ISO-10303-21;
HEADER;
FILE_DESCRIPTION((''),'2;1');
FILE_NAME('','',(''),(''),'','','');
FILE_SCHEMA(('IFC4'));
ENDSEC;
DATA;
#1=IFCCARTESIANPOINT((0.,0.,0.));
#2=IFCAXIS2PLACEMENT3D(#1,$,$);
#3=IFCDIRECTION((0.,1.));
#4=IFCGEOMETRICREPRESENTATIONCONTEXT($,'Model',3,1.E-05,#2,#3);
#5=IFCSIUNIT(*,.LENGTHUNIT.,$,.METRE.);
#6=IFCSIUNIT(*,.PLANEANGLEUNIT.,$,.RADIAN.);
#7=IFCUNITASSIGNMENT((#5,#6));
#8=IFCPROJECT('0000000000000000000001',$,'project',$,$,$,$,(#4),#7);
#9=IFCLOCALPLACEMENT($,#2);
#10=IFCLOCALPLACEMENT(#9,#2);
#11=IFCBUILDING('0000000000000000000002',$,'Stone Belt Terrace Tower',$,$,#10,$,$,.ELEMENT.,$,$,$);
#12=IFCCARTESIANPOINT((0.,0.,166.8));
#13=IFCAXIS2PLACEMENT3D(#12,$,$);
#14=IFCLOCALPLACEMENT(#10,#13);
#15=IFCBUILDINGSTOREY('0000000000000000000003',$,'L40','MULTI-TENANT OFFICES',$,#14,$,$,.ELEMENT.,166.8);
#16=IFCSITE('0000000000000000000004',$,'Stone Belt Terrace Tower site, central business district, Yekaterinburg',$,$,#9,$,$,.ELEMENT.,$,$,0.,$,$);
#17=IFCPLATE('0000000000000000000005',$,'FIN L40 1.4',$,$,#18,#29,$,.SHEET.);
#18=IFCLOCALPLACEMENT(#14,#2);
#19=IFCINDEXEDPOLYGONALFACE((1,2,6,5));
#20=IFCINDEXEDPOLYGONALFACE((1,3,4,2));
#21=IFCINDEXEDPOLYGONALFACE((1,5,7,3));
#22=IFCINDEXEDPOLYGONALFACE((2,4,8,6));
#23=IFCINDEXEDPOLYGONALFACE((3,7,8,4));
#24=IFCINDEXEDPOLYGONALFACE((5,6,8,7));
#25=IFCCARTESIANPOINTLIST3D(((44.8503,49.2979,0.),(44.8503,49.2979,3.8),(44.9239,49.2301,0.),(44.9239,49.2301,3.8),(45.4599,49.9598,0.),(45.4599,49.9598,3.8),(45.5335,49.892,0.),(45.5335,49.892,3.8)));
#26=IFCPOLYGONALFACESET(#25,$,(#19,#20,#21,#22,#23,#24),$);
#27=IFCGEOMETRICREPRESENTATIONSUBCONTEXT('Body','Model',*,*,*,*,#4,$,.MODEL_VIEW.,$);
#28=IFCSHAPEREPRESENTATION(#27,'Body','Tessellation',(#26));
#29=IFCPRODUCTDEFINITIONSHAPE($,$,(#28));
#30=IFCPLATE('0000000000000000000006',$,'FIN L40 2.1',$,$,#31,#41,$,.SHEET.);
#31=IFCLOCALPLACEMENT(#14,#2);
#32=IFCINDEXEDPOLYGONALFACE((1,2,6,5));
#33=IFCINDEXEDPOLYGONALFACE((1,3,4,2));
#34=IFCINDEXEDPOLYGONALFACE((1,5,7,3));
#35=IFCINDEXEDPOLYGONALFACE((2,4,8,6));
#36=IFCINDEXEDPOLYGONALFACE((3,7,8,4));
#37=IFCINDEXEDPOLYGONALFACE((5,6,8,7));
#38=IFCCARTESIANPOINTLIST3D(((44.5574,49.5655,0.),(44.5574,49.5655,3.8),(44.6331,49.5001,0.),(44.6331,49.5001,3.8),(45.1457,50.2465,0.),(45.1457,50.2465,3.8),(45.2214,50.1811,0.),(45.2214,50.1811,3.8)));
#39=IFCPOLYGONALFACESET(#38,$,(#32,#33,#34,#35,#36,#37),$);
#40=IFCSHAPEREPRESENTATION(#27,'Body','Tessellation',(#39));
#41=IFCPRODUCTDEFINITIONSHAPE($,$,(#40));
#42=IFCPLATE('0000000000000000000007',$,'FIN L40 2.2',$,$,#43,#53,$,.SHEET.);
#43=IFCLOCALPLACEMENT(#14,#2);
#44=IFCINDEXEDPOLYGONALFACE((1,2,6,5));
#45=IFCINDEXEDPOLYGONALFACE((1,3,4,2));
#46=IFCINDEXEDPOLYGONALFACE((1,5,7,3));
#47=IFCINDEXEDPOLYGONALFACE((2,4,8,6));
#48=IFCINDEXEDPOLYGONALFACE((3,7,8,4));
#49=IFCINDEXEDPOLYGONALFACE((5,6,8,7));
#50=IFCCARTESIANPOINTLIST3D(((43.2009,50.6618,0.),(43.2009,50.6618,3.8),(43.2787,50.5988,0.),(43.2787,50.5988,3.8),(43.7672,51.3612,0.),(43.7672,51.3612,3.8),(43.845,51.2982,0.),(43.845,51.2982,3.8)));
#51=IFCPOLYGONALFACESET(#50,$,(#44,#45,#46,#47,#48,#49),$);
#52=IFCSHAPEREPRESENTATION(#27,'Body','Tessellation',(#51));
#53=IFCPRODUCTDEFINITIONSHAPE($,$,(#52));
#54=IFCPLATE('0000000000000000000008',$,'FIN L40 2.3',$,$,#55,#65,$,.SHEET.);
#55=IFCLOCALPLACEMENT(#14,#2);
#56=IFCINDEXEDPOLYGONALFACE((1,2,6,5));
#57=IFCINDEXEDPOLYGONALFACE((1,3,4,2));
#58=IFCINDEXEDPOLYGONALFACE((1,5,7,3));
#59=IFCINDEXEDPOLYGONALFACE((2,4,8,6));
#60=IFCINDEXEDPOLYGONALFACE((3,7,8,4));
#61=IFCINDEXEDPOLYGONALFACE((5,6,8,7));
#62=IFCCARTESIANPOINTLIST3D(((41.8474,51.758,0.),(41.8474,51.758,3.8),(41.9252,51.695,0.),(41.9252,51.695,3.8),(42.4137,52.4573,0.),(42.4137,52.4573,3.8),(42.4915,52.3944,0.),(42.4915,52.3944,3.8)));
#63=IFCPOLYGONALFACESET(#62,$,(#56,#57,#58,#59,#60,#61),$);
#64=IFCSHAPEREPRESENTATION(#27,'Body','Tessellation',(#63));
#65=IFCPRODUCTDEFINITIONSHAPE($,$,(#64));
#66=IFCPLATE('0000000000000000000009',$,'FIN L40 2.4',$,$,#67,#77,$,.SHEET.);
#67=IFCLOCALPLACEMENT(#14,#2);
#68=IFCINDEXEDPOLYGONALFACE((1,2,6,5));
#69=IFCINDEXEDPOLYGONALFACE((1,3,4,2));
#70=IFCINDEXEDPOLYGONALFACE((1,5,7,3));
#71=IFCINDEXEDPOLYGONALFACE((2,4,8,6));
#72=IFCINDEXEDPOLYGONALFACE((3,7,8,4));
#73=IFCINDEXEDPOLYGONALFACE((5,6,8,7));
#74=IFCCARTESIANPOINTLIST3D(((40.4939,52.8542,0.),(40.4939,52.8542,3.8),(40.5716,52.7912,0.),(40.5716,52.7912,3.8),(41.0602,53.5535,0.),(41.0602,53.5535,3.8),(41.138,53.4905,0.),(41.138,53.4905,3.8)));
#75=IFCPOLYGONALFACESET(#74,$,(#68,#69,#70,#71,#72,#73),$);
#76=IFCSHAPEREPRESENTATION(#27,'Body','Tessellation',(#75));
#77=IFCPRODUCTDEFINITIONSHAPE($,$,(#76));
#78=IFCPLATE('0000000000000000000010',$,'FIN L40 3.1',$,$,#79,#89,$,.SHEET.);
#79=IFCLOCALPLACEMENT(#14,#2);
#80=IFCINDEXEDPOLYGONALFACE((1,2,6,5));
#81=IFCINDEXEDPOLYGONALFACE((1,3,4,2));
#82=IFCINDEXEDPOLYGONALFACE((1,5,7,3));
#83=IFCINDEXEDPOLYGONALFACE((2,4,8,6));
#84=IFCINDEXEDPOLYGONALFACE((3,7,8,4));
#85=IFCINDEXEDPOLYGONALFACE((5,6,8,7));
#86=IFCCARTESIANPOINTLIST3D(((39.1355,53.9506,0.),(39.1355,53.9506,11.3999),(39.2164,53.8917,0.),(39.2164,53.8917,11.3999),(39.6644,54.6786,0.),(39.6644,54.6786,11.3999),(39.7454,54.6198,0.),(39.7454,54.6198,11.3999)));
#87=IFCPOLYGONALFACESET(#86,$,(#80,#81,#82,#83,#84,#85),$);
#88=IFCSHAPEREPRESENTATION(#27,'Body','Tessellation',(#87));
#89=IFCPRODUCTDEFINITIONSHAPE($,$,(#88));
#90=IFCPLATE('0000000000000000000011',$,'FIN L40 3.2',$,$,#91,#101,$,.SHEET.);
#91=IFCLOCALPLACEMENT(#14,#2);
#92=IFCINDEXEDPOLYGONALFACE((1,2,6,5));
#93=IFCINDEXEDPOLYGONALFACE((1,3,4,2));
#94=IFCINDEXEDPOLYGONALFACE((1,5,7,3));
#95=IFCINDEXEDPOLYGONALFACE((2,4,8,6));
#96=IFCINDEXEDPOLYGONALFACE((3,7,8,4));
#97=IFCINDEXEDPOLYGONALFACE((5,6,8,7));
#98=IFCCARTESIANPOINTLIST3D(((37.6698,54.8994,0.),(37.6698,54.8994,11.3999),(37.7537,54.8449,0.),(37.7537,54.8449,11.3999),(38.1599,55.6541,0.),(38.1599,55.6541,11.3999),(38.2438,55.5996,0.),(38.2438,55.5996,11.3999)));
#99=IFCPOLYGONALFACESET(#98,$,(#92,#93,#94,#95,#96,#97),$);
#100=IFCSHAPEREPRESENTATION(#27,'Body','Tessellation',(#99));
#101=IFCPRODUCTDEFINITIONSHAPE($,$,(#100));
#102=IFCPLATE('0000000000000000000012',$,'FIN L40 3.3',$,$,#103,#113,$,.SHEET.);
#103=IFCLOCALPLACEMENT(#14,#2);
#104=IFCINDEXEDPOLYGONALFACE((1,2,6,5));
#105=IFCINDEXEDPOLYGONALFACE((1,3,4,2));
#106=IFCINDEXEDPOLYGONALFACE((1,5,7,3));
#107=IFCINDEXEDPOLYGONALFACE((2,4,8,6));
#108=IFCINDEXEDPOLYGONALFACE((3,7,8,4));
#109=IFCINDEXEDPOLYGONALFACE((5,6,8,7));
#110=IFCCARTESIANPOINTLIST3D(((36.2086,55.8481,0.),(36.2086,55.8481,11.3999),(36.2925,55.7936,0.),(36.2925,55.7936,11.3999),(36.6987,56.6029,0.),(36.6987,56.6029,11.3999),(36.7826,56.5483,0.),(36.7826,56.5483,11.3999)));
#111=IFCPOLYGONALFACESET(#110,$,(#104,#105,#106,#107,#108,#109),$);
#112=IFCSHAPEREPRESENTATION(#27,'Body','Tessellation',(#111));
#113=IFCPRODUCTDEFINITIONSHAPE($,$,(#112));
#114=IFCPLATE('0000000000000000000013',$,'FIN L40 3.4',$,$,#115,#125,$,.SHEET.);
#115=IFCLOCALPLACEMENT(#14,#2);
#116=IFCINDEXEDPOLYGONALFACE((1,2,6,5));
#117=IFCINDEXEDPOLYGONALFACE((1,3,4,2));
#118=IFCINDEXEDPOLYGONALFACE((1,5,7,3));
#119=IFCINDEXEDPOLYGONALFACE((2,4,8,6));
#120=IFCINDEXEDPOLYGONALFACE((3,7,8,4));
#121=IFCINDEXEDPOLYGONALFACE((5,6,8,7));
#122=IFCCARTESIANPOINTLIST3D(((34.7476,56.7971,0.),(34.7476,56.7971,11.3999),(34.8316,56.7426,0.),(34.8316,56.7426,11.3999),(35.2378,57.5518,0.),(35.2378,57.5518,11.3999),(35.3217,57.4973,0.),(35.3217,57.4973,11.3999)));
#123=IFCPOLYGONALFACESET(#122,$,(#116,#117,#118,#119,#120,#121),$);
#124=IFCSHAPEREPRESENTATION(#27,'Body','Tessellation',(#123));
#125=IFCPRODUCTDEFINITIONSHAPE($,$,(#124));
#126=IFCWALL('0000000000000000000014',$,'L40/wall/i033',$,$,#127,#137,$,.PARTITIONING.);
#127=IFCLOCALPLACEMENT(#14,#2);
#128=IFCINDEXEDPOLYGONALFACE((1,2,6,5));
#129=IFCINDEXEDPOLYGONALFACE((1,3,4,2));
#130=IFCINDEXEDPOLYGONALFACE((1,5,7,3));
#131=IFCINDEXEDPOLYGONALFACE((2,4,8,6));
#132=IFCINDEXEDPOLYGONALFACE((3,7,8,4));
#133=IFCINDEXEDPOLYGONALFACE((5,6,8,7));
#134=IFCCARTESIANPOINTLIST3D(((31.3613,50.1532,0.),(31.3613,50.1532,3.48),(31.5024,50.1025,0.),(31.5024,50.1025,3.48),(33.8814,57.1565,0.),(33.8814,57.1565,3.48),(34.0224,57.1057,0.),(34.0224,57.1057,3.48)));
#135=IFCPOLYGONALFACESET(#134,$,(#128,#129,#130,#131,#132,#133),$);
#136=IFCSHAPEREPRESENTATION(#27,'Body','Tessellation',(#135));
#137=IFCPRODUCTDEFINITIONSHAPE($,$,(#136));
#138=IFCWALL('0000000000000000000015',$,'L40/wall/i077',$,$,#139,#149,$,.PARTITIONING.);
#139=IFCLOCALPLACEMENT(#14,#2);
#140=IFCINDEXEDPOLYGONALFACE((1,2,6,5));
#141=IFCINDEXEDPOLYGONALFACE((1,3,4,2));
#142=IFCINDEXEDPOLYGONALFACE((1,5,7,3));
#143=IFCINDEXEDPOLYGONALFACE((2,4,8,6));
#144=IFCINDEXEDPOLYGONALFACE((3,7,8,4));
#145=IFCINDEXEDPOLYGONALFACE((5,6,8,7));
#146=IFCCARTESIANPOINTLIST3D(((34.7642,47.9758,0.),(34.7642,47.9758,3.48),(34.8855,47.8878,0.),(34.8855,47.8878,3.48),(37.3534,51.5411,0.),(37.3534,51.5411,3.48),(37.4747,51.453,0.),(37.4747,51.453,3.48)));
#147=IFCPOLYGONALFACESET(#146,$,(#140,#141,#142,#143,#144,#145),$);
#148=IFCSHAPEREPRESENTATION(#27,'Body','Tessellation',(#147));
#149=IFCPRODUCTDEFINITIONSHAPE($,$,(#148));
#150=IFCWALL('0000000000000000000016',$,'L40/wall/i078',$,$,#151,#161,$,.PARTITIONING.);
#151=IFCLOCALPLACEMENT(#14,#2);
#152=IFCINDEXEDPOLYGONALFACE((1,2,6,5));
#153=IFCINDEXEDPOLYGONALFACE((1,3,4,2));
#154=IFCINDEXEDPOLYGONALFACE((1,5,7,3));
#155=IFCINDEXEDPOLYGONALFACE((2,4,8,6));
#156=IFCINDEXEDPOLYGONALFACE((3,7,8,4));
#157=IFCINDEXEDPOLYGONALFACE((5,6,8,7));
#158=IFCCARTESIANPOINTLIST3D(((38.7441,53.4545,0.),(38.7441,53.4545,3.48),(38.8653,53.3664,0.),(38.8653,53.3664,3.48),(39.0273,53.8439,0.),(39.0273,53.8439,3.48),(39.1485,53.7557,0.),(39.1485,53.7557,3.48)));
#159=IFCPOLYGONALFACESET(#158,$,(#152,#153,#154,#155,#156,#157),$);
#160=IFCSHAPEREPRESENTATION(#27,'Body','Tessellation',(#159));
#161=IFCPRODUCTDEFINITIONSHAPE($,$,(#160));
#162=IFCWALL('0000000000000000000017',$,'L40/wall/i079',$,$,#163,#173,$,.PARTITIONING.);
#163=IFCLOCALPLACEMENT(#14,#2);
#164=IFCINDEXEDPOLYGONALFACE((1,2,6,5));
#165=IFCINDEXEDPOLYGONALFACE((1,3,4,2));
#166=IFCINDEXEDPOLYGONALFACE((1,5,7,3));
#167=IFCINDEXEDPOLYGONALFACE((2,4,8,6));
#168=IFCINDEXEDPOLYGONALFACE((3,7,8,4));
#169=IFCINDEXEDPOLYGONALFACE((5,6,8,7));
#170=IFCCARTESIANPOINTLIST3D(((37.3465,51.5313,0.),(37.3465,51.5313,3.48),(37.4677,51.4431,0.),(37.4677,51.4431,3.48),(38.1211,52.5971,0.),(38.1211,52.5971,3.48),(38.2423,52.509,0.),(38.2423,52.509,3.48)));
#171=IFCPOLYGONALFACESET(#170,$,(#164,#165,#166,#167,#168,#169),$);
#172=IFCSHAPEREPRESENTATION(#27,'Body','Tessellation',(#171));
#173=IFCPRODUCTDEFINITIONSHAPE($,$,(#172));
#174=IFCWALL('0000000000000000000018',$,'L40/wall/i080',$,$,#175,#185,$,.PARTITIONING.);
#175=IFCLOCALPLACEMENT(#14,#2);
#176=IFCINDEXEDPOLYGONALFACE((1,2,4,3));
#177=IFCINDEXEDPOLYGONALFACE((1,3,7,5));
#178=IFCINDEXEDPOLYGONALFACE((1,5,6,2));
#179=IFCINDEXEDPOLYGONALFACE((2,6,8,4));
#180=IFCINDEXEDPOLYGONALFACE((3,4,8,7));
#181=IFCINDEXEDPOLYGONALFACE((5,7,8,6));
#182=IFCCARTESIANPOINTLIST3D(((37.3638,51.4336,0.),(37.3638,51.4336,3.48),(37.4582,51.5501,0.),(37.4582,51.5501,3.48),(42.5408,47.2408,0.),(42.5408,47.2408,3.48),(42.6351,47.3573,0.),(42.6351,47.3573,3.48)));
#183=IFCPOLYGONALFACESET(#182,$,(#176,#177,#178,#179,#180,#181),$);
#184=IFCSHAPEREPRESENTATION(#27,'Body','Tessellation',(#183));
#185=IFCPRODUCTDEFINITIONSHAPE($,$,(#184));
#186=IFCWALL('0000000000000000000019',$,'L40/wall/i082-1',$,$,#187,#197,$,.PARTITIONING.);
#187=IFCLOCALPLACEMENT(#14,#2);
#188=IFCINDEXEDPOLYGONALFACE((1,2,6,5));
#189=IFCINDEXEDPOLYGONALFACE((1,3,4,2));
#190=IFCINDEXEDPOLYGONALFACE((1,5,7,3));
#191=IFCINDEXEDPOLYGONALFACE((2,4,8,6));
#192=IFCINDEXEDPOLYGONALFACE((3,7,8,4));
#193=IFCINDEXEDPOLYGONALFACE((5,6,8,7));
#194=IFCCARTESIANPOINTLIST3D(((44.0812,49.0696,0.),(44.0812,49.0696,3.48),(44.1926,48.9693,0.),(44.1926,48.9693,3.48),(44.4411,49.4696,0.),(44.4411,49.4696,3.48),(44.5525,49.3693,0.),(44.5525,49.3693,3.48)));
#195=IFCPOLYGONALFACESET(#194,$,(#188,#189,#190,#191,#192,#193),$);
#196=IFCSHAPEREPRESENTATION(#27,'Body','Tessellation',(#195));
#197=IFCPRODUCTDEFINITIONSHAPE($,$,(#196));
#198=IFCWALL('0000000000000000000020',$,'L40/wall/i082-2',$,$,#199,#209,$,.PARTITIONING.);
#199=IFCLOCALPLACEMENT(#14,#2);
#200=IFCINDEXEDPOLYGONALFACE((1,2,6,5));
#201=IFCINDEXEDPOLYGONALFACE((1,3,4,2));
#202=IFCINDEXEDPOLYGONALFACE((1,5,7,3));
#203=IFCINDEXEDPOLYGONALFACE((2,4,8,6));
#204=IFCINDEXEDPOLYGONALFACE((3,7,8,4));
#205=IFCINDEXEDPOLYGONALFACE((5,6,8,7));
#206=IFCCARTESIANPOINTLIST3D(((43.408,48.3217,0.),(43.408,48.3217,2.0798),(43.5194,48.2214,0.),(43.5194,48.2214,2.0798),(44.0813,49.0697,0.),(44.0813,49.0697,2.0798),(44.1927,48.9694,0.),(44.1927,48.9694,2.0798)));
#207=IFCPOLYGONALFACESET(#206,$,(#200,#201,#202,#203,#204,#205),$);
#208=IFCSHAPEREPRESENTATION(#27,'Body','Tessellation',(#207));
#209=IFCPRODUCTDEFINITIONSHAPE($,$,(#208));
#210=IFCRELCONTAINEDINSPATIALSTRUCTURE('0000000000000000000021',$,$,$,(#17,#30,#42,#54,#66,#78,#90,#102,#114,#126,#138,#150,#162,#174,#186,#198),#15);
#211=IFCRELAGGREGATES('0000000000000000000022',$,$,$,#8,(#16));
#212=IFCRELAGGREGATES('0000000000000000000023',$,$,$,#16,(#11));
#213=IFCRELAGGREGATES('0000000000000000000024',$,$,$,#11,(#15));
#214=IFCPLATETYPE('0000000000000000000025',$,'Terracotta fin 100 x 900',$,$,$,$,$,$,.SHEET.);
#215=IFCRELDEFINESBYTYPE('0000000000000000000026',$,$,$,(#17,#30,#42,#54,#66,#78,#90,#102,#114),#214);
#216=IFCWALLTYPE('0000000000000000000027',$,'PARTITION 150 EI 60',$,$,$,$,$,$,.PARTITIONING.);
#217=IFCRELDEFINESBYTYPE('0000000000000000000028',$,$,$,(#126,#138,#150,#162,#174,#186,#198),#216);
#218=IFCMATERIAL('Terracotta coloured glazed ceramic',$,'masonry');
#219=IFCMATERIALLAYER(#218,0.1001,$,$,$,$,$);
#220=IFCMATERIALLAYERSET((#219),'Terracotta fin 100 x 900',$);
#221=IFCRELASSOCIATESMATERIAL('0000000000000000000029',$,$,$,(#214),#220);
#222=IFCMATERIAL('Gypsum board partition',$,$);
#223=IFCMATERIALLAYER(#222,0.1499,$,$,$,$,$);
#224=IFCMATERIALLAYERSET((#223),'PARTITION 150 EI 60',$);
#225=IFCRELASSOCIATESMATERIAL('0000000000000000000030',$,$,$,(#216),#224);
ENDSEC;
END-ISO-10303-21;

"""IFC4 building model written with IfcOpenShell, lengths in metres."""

from ifc_helpers import new_model, si_unit, direction, frame, frame_2d, origin, origin_2d, place, context, subcontext, project, spatial, rectangle, extrude, material, layer, layer_set, type_object, element, save


model = new_model("IFC4")

# Units and contexts
model_context = context("Model", 3, precision=1e-05, world=origin(), true_north=direction((0.0, 1.0)))
body_context = subcontext(model_context, "Body", "Model", "MODEL_VIEW")
ifc_project = project(units=[si_unit("LENGTHUNIT", "METRE"), si_unit("PLANEANGLEUNIT", "RADIAN")], contexts=[model_context])

# Site, building, storey
site_placement = place(None, origin())
site = spatial("IfcSite", under=ifc_project, at=site_placement, Name="Stone Belt Terrace Tower site, central business district, Yekaterinburg", CompositionType="ELEMENT", RefElevation=0.0)
building_placement = place(site_placement, origin())
building = spatial("IfcBuilding", under=site, at=building_placement, Name="Stone Belt Terrace Tower", CompositionType="ELEMENT")
storey_placement = place(building_placement, frame((0.0, 0.0, 166.8)))
storey = spatial("IfcBuildingStorey", under=building, at=storey_placement, Name="L40", Description="MULTI-TENANT OFFICES", CompositionType="ELEMENT", Elevation=166.8)

# Plates
ifc_material_1 = material(Name="Terracotta coloured glazed ceramic", Category="masonry")
ifc_layer_1 = layer(ifc_material_1, 0.1001)
ifc_layer_set_1 = layer_set([ifc_layer_1], Name="Terracotta fin 100 x 900")
plate_type_1 = type_object("IfcPlateType", Name="Terracotta fin 100 x 900", PredefinedType="SHEET", material=ifc_layer_set_1)
for number, where, z_axis, x_axis, name in (
    (1, (45.1919, 49.595, 0.0), (0.0, 0.0, 1.0), (0.67746, 0.735559, 0.0), "FIN L40 1.4"),
    (2, (44.8894, 49.8733, 0.0), (0.0, 0.0, 1.0), (0.653721, 0.756736, 0.0), "FIN L40 2.1"),
    (3, (43.5229, 50.98, 0.0), (0.0, 0.0, 1.0), (0.62932, 0.777146, 0.0), "FIN L40 2.2"),
    (4, (42.1694, 52.0762, 0.0), (0.0, 0.0, 1.0), (0.62932, 0.777146, 0.0), "FIN L40 2.3"),
    (5, (40.8159, 53.1724, 0.0), (0.0, 0.0, 1.0), (0.62932, 0.777146, 0.0), "FIN L40 2.4"),
):
    element("IfcPlate", number, at=place(storey_placement, frame(where, z_axis=z_axis, x_axis=x_axis)), inside=storey, type_object=plate_type_1, Name=name, PredefinedType="SHEET", context=body_context, shape_type="SweptSolid", body=[
        extrude(rectangle(XDim=0.8999, YDim=0.1001, at=origin_2d()), origin(), (0.0, 0.0, 1.0), 3.8),
    ])
for number, where, z_axis, x_axis, name in (
    (6, (39.4404, 54.2852, 0.0), (0.0, 0.0, 1.0), (0.587785, 0.809017, 0.0), "FIN L40 3.1"),
    (7, (37.9568, 55.2495, 0.0), (0.0, 0.0, 1.0), (0.544639, 0.838671, 0.0), "FIN L40 3.2"),
    (8, (36.4956, 56.1982, 0.0), (0.0, 0.0, 1.0), (0.544639, 0.838671, 0.0), "FIN L40 3.3"),
    (9, (35.0347, 57.1472, 0.0), (0.0, 0.0, 1.0), (0.544639, 0.838671, 0.0), "FIN L40 3.4"),
):
    element("IfcPlate", number, at=place(storey_placement, frame(where, z_axis=z_axis, x_axis=x_axis)), inside=storey, type_object=plate_type_1, Name=name, PredefinedType="SHEET", context=body_context, shape_type="SweptSolid", body=[
        extrude(rectangle(XDim=0.8999, YDim=0.1001, at=origin_2d()), origin(), (0.0, 0.0, 1.0), 11.3999),
    ])

# Walls
ifc_material_2 = material(Name="Gypsum board partition")
ifc_layer_2 = layer(ifc_material_2, 0.1499)
ifc_layer_set_2 = layer_set([ifc_layer_2], Name="PARTITION 150 EI 60")
wall_type = type_object("IfcWallType", Name="PARTITION 150 EI 60", PredefinedType="PARTITIONING", material=ifc_layer_set_2)
wall_1_placement = place(storey_placement, frame((33.9519, 57.1311, 0.0), z_axis=(0.0, 0.0, 1.0), x_axis=(-0.338586, -0.940935, 0.0)))
element("IfcWall", 10, at=wall_1_placement, inside=storey, type_object=wall_type, Name="L40/wall/i033", PredefinedType="PARTITIONING", context=body_context, shape_type="SweptSolid", body=[
    extrude(rectangle(XDim=7.4429, YDim=0.1499, at=frame_2d((3.7214, 0.0))), origin(), (0.0, 0.0, 1.0), 3.48),
])
wall_2_placement = place(storey_placement, frame((37.4141, 51.4971, 0.0), z_axis=(0.0, 0.0, 1.0), x_axis=(-0.587615, -0.809141, 0.0)))
element("IfcWall", 11, at=wall_2_placement, inside=storey, type_object=wall_type, Name="L40/wall/i077", PredefinedType="PARTITIONING", context=body_context, shape_type="SweptSolid", body=[
    extrude(rectangle(XDim=4.4062, YDim=0.1499, at=frame_2d((2.2031, 0.0))), origin(), (0.0, 0.0, 1.0), 3.48),
])
wall_3_placement = place(storey_placement, frame((39.0879, 53.7998, 0.0), z_axis=(0.0, 0.0, 1.0), x_axis=(-0.588172, -0.808736, 0.0)))
element("IfcWall", 12, at=wall_3_placement, inside=storey, type_object=wall_type, Name="L40/wall/i078", PredefinedType="PARTITIONING", context=body_context, shape_type="SweptSolid", body=[
    extrude(rectangle(XDim=0.4814, YDim=0.1499, at=frame_2d((0.2407, 0.0))), origin(), (0.0, 0.0, 1.0), 3.48),
])
wall_4_placement = place(storey_placement, frame((38.1816, 52.553, 0.0), z_axis=(0.0, 0.0, 1.0), x_axis=(-0.587896, -0.808936, 0.0)))
element("IfcWall", 13, at=wall_4_placement, inside=storey, type_object=wall_type, Name="L40/wall/i079", PredefinedType="PARTITIONING", context=body_context, shape_type="SweptSolid", body=[
    extrude(rectangle(XDim=1.3176, YDim=0.1499, at=frame_2d((0.6587, 0.0))), origin(), (0.0, 0.0, 1.0), 3.48),
])
wall_5_placement = place(storey_placement, frame((37.4109, 51.4919, 0.0), z_axis=(0.0, 0.0, 1.0), x_axis=(0.777101, -0.629376, 0.0)))
element("IfcWall", 14, at=wall_5_placement, inside=storey, type_object=wall_type, Name="L40/wall/i080", PredefinedType="PARTITIONING", context=body_context, shape_type="SweptSolid", body=[
    extrude(rectangle(XDim=6.6619, YDim=0.1499, at=frame_2d((3.3311, 0.0))), origin(), (0.0, 0.0, 1.0), 3.48),
])
wall_6_placement = place(storey_placement, frame((44.4968, 49.4194, 0.0), z_axis=(0.0, 0.0, 1.0), x_axis=(-0.668915, -0.743339, 0.0)))
element("IfcWall", 15, at=wall_6_placement, inside=storey, type_object=wall_type, Name="L40/wall/i082-1", PredefinedType="PARTITIONING", context=body_context, shape_type="SweptSolid", body=[
    extrude(rectangle(XDim=0.5381, YDim=0.1499, at=frame_2d((0.269, 0.0))), origin(), (0.0, 0.0, 1.0), 3.48),
])
wall_7_placement = place(storey_placement, frame((44.137, 49.0195, 0.0), z_axis=(0.0, 0.0, 1.0), x_axis=(-0.669018, -0.743246, 0.0)))
element("IfcWall", 16, at=wall_7_placement, inside=storey, type_object=wall_type, Name="L40/wall/i082-2", PredefinedType="PARTITIONING", context=body_context, shape_type="SweptSolid", body=[
    extrude(rectangle(XDim=1.0063, YDim=0.1499, at=frame_2d((0.5032, 0.0))), origin(), (0.0, 0.0, 1.0), 2.0798),
])

save(model, "model.ifc")
